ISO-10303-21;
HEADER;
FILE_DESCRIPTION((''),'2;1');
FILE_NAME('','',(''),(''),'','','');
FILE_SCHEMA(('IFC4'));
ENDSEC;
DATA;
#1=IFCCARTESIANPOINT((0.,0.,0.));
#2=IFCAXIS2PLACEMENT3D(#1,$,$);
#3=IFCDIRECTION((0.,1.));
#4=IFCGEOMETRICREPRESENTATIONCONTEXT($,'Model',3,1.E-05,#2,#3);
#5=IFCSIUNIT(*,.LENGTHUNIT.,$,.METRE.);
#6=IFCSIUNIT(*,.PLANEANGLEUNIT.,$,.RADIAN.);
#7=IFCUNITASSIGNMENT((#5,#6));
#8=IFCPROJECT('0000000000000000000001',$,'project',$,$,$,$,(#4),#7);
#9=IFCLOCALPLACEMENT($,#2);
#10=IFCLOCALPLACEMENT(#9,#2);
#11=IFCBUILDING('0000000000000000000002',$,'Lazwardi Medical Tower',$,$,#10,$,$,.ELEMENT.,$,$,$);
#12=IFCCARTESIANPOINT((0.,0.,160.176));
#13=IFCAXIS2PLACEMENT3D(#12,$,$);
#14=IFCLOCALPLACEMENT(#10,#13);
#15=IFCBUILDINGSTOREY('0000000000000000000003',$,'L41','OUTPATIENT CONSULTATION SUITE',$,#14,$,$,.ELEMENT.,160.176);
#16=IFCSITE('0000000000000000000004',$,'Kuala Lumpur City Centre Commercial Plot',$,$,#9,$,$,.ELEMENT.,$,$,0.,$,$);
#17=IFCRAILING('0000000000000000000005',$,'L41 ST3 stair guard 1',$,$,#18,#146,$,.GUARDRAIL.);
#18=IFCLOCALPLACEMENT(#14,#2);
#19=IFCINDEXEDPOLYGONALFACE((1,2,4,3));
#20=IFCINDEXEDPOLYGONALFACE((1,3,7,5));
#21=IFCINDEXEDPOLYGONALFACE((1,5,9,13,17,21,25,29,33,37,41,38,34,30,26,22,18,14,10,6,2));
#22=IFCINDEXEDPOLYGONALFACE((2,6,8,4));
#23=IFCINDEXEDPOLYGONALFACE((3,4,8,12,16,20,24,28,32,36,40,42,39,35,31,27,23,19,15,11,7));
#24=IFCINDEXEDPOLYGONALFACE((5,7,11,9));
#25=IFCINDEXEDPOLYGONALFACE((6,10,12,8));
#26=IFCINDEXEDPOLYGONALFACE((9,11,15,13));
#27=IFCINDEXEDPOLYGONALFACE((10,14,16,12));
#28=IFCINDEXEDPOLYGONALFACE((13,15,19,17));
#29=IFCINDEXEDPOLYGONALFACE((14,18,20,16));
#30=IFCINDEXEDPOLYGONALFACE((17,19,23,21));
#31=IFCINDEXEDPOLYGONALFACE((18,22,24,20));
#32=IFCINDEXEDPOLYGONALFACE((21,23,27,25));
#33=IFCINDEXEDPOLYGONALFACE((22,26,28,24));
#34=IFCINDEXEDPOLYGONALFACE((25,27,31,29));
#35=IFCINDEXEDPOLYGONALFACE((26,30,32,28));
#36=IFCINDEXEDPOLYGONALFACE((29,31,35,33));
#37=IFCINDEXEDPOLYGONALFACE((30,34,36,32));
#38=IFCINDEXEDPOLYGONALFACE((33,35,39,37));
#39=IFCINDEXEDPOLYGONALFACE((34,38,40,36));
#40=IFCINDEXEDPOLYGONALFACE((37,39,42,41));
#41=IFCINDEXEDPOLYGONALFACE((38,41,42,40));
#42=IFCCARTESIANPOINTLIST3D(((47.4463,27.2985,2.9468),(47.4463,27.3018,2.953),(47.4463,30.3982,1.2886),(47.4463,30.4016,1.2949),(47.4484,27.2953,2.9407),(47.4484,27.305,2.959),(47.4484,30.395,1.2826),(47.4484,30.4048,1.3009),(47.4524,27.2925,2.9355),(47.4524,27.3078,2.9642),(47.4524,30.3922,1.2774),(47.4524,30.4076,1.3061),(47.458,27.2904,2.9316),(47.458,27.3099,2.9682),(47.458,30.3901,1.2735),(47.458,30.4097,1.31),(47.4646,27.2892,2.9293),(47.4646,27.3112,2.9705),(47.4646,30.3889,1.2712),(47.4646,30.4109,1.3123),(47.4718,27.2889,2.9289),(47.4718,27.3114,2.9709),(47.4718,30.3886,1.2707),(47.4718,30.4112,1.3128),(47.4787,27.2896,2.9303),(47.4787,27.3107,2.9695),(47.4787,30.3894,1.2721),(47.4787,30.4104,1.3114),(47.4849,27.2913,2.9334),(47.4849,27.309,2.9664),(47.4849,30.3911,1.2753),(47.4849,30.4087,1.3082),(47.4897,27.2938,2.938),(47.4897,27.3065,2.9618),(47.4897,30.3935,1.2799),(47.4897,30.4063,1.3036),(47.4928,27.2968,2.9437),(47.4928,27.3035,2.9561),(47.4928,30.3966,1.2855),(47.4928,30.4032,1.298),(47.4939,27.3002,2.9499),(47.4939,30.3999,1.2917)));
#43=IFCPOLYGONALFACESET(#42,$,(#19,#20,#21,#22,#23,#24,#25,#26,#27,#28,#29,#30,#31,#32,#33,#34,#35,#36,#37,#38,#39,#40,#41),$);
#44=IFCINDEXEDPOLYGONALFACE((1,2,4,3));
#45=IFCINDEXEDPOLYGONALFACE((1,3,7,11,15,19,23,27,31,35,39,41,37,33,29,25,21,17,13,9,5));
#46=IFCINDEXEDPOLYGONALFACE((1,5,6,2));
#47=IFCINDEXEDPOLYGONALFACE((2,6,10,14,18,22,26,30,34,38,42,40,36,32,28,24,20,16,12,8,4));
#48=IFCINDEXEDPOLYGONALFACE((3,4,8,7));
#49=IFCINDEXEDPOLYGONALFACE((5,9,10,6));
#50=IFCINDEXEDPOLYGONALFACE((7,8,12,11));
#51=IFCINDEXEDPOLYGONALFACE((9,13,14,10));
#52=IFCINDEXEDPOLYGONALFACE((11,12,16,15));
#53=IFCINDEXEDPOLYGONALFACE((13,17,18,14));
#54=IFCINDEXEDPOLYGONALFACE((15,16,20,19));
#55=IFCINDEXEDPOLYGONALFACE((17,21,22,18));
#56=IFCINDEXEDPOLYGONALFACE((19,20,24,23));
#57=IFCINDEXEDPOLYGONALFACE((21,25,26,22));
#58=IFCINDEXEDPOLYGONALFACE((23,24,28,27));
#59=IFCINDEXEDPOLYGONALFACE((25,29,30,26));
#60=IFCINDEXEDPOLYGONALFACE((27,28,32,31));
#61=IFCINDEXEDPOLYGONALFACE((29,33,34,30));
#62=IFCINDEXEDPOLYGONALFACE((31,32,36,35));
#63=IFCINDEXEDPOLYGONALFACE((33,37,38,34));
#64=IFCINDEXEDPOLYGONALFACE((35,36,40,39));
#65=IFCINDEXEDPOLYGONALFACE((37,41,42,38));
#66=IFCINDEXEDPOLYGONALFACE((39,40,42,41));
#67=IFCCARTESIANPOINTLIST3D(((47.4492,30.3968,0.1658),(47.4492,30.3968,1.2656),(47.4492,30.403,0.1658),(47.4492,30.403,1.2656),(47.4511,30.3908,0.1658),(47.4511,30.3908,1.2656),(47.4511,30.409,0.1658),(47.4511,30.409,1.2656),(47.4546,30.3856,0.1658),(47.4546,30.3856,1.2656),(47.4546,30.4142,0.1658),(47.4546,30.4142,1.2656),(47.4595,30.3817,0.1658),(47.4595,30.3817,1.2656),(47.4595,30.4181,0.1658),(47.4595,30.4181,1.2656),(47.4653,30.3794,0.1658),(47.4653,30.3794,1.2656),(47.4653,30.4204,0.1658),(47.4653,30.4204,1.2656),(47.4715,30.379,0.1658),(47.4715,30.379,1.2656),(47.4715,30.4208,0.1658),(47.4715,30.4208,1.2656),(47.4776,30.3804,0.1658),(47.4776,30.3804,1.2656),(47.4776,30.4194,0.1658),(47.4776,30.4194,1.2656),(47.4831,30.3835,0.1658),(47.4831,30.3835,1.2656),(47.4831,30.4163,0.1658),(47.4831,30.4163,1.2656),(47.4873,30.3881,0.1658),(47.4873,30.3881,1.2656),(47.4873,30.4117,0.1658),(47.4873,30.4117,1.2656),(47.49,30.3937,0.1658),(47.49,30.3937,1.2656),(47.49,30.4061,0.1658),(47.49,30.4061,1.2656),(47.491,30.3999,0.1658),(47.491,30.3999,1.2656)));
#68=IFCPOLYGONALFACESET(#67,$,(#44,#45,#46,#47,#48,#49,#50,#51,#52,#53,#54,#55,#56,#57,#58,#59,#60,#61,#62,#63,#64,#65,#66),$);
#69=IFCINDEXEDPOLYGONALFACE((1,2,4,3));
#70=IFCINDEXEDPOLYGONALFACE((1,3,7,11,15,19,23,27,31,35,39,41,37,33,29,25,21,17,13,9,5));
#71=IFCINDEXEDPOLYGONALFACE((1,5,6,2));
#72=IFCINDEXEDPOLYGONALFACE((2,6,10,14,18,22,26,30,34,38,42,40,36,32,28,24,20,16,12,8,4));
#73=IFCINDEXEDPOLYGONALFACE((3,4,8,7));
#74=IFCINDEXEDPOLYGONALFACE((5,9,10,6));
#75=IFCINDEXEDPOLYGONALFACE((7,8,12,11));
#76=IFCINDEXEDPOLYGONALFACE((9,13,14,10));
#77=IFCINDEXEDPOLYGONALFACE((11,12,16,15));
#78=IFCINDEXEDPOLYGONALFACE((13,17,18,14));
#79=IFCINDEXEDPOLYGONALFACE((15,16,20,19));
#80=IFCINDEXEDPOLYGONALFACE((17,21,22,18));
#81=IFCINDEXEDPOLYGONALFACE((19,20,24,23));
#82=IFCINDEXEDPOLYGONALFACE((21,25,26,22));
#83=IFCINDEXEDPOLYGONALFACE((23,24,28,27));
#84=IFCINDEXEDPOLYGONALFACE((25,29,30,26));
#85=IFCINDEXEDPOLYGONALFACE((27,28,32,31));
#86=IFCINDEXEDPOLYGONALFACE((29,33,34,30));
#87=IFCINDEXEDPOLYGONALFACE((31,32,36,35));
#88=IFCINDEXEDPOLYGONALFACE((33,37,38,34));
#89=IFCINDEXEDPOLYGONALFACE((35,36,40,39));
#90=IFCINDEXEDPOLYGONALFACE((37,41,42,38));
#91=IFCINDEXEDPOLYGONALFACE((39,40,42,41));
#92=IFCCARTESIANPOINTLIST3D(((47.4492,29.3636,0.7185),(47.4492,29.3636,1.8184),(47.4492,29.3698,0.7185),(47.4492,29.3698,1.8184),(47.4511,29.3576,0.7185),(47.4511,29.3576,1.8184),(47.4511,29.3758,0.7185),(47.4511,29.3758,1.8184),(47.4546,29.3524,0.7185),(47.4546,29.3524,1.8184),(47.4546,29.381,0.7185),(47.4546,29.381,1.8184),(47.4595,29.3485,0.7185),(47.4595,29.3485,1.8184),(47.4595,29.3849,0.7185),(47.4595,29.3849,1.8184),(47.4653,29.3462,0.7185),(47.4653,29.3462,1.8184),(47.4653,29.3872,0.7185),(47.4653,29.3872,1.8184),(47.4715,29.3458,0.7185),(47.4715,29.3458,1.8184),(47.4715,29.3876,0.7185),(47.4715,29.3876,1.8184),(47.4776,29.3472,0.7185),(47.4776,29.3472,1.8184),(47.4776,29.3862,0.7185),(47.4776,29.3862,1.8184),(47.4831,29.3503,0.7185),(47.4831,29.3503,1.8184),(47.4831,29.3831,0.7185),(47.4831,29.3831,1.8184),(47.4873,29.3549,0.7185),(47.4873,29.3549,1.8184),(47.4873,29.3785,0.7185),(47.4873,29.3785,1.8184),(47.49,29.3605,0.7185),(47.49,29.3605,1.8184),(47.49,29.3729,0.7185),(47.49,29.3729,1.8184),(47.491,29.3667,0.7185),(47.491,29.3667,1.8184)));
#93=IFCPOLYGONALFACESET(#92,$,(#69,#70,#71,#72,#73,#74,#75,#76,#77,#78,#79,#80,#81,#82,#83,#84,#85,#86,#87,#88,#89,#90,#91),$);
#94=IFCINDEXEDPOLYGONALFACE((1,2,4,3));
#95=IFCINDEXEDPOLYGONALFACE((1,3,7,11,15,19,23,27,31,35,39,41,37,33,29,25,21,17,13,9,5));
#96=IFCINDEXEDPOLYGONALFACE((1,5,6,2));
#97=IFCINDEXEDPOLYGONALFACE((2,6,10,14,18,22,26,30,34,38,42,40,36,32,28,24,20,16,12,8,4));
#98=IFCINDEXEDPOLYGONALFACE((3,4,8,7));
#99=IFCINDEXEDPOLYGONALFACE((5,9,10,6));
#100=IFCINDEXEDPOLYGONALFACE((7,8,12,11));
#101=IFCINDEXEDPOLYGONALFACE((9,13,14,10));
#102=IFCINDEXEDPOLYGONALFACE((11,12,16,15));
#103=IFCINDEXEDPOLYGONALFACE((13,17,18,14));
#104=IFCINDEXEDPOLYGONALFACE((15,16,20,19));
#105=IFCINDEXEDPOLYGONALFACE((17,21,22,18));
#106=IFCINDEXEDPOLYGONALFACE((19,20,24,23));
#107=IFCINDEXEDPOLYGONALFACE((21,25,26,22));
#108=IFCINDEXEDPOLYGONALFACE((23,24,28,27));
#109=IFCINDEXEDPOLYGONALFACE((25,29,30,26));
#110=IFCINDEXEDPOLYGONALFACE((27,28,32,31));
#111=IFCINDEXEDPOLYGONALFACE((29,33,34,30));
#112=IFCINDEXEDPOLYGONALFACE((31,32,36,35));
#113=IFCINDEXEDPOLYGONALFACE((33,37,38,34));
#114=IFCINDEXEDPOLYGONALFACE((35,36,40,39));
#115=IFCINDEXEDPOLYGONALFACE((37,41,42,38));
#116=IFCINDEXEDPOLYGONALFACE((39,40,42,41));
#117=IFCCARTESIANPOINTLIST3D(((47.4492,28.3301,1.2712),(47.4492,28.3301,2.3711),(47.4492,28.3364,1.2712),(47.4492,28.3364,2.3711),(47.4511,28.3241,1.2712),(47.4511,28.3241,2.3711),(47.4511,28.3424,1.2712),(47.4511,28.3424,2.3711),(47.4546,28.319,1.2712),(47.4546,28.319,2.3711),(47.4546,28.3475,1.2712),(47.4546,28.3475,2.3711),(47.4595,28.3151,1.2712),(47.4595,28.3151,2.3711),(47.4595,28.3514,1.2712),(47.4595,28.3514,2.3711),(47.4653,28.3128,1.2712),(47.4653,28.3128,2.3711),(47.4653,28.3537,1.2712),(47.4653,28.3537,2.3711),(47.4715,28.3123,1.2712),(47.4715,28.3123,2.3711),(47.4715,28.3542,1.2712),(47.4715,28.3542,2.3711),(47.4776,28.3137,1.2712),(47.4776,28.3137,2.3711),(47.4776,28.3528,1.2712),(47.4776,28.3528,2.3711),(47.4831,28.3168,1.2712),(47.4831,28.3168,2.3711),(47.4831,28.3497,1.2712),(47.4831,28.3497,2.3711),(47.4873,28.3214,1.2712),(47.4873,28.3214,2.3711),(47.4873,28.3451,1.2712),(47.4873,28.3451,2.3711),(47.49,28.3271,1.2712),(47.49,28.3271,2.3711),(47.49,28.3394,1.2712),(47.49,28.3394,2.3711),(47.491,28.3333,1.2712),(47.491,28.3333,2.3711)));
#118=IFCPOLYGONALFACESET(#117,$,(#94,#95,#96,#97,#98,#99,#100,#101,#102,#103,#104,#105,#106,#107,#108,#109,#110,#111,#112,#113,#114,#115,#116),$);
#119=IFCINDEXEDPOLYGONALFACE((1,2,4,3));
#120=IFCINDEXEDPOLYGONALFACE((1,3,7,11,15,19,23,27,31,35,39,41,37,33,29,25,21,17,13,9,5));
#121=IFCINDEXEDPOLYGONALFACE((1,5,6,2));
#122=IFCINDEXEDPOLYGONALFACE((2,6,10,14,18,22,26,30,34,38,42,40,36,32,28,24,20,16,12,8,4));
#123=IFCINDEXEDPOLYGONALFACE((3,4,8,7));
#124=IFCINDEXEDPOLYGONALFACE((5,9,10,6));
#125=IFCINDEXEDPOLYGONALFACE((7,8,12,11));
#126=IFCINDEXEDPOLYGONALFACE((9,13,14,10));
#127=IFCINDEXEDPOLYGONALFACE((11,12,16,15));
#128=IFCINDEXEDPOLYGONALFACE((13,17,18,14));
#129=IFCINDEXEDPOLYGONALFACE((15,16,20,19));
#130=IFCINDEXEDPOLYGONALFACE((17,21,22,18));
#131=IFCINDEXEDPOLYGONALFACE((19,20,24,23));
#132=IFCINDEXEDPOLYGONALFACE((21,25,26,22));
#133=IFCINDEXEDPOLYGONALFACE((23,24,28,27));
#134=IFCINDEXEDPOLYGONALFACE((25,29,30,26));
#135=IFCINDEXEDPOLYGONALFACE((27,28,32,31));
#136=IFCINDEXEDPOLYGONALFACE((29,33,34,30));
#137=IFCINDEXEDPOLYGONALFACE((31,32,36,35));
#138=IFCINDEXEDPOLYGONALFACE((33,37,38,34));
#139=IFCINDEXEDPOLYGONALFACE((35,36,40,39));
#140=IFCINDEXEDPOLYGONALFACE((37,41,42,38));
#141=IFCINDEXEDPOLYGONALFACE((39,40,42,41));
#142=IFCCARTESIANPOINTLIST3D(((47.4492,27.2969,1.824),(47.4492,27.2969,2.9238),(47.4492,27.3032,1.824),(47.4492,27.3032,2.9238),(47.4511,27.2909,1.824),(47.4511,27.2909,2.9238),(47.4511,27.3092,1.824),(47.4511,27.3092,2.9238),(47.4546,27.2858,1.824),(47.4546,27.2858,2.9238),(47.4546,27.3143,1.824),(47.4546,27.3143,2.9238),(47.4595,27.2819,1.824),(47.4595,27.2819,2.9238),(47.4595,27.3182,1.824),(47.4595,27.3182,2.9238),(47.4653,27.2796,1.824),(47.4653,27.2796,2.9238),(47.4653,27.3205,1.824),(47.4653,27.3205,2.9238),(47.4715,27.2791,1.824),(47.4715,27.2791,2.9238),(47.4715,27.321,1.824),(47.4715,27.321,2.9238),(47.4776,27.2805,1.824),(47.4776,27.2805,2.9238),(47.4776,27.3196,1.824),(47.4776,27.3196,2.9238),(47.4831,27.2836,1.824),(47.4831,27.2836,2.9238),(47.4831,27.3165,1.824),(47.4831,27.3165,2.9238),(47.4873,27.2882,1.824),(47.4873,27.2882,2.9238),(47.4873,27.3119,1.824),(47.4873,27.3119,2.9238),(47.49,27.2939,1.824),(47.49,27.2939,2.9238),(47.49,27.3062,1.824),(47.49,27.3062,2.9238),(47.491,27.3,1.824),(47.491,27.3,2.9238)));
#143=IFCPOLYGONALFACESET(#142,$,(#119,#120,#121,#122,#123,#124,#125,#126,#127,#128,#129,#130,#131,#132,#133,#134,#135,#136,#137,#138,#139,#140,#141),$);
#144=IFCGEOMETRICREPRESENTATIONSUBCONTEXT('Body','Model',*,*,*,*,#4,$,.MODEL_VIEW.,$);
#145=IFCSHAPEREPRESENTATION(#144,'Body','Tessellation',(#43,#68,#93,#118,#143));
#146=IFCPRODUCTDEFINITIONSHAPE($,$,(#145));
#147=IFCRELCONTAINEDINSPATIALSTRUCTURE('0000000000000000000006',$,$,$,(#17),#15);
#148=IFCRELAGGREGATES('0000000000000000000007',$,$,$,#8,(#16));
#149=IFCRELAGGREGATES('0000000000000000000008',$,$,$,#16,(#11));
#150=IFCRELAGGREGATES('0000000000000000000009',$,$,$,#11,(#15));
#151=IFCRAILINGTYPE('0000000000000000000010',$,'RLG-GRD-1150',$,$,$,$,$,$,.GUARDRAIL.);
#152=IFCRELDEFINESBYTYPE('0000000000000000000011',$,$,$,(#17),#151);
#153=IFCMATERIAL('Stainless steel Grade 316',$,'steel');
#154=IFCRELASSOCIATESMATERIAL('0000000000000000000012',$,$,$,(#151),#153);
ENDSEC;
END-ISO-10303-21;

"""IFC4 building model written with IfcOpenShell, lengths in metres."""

from ifc_helpers import new_model, si_unit, direction, frame, origin, origin_2d, place, context, subcontext, project, spatial, circle, extrude, material, type_object, element, save


model = new_model("IFC4")

# Units and contexts
model_context = context("Model", 3, precision=1e-05, world=origin(), true_north=direction((0.0, 1.0)))
body_context = subcontext(model_context, "Body", "Model", "MODEL_VIEW")
ifc_project = project(units=[si_unit("LENGTHUNIT", "METRE"), si_unit("PLANEANGLEUNIT", "RADIAN")], contexts=[model_context])

# Site, building, storey
site_placement = place(None, origin())
site = spatial("IfcSite", under=ifc_project, at=site_placement, Name="Kuala Lumpur City Centre Commercial Plot", CompositionType="ELEMENT", RefElevation=0.0)
building_placement = place(site_placement, origin())
building = spatial("IfcBuilding", under=site, at=building_placement, Name="Lazwardi Medical Tower", CompositionType="ELEMENT")
storey_placement = place(building_placement, frame((0.0, 0.0, 160.176)))
storey = spatial("IfcBuildingStorey", under=building, at=storey_placement, Name="L41", Description="OUTPATIENT CONSULTATION SUITE", CompositionType="ELEMENT", Elevation=160.176)

# Railing
ifc_material_1 = material(Name="Stainless steel Grade 316", Category="steel")
railing_type_1 = type_object("IfcRailingType", Name="RLG-GRD-1150", PredefinedType="GUARDRAIL", material=ifc_material_1)
railing_1_placement = place(storey_placement, frame((47.47, 30.3999, 0.1658)))
element("IfcRailing", 1, at=railing_1_placement, inside=storey, type_object=railing_type_1, Name="L41 ST3 stair guard 1", PredefinedType="GUARDRAIL", context=body_context, shape_type="SweptSolid", body=[
    extrude(circle(Radius=0.0239, at=origin_2d()), frame((0.0, 0.0, 1.126), z_axis=(0.0, -0.881768, 0.471684), x_axis=(1.0, 0.0, 0.0)), (0.0, 0.0, 1.0), 3.5154),
    extrude(circle(Radius=0.021, at=origin_2d()), origin(), (0.0, 0.0, 1.0), 1.0999),
    extrude(circle(Radius=0.021, at=origin_2d()), frame((0.0, -1.0332, 0.5527)), (0.0, 0.0, 1.0), 1.0999),
    extrude(circle(Radius=0.021, at=origin_2d()), frame((0.0, -2.0667, 1.1055)), (0.0, 0.0, 1.0), 1.0999),
    extrude(circle(Radius=0.021, at=origin_2d()), frame((0.0, -3.0999, 1.6582)), (0.0, 0.0, 1.0), 1.0999),
])

save(model, "model.ifc")
